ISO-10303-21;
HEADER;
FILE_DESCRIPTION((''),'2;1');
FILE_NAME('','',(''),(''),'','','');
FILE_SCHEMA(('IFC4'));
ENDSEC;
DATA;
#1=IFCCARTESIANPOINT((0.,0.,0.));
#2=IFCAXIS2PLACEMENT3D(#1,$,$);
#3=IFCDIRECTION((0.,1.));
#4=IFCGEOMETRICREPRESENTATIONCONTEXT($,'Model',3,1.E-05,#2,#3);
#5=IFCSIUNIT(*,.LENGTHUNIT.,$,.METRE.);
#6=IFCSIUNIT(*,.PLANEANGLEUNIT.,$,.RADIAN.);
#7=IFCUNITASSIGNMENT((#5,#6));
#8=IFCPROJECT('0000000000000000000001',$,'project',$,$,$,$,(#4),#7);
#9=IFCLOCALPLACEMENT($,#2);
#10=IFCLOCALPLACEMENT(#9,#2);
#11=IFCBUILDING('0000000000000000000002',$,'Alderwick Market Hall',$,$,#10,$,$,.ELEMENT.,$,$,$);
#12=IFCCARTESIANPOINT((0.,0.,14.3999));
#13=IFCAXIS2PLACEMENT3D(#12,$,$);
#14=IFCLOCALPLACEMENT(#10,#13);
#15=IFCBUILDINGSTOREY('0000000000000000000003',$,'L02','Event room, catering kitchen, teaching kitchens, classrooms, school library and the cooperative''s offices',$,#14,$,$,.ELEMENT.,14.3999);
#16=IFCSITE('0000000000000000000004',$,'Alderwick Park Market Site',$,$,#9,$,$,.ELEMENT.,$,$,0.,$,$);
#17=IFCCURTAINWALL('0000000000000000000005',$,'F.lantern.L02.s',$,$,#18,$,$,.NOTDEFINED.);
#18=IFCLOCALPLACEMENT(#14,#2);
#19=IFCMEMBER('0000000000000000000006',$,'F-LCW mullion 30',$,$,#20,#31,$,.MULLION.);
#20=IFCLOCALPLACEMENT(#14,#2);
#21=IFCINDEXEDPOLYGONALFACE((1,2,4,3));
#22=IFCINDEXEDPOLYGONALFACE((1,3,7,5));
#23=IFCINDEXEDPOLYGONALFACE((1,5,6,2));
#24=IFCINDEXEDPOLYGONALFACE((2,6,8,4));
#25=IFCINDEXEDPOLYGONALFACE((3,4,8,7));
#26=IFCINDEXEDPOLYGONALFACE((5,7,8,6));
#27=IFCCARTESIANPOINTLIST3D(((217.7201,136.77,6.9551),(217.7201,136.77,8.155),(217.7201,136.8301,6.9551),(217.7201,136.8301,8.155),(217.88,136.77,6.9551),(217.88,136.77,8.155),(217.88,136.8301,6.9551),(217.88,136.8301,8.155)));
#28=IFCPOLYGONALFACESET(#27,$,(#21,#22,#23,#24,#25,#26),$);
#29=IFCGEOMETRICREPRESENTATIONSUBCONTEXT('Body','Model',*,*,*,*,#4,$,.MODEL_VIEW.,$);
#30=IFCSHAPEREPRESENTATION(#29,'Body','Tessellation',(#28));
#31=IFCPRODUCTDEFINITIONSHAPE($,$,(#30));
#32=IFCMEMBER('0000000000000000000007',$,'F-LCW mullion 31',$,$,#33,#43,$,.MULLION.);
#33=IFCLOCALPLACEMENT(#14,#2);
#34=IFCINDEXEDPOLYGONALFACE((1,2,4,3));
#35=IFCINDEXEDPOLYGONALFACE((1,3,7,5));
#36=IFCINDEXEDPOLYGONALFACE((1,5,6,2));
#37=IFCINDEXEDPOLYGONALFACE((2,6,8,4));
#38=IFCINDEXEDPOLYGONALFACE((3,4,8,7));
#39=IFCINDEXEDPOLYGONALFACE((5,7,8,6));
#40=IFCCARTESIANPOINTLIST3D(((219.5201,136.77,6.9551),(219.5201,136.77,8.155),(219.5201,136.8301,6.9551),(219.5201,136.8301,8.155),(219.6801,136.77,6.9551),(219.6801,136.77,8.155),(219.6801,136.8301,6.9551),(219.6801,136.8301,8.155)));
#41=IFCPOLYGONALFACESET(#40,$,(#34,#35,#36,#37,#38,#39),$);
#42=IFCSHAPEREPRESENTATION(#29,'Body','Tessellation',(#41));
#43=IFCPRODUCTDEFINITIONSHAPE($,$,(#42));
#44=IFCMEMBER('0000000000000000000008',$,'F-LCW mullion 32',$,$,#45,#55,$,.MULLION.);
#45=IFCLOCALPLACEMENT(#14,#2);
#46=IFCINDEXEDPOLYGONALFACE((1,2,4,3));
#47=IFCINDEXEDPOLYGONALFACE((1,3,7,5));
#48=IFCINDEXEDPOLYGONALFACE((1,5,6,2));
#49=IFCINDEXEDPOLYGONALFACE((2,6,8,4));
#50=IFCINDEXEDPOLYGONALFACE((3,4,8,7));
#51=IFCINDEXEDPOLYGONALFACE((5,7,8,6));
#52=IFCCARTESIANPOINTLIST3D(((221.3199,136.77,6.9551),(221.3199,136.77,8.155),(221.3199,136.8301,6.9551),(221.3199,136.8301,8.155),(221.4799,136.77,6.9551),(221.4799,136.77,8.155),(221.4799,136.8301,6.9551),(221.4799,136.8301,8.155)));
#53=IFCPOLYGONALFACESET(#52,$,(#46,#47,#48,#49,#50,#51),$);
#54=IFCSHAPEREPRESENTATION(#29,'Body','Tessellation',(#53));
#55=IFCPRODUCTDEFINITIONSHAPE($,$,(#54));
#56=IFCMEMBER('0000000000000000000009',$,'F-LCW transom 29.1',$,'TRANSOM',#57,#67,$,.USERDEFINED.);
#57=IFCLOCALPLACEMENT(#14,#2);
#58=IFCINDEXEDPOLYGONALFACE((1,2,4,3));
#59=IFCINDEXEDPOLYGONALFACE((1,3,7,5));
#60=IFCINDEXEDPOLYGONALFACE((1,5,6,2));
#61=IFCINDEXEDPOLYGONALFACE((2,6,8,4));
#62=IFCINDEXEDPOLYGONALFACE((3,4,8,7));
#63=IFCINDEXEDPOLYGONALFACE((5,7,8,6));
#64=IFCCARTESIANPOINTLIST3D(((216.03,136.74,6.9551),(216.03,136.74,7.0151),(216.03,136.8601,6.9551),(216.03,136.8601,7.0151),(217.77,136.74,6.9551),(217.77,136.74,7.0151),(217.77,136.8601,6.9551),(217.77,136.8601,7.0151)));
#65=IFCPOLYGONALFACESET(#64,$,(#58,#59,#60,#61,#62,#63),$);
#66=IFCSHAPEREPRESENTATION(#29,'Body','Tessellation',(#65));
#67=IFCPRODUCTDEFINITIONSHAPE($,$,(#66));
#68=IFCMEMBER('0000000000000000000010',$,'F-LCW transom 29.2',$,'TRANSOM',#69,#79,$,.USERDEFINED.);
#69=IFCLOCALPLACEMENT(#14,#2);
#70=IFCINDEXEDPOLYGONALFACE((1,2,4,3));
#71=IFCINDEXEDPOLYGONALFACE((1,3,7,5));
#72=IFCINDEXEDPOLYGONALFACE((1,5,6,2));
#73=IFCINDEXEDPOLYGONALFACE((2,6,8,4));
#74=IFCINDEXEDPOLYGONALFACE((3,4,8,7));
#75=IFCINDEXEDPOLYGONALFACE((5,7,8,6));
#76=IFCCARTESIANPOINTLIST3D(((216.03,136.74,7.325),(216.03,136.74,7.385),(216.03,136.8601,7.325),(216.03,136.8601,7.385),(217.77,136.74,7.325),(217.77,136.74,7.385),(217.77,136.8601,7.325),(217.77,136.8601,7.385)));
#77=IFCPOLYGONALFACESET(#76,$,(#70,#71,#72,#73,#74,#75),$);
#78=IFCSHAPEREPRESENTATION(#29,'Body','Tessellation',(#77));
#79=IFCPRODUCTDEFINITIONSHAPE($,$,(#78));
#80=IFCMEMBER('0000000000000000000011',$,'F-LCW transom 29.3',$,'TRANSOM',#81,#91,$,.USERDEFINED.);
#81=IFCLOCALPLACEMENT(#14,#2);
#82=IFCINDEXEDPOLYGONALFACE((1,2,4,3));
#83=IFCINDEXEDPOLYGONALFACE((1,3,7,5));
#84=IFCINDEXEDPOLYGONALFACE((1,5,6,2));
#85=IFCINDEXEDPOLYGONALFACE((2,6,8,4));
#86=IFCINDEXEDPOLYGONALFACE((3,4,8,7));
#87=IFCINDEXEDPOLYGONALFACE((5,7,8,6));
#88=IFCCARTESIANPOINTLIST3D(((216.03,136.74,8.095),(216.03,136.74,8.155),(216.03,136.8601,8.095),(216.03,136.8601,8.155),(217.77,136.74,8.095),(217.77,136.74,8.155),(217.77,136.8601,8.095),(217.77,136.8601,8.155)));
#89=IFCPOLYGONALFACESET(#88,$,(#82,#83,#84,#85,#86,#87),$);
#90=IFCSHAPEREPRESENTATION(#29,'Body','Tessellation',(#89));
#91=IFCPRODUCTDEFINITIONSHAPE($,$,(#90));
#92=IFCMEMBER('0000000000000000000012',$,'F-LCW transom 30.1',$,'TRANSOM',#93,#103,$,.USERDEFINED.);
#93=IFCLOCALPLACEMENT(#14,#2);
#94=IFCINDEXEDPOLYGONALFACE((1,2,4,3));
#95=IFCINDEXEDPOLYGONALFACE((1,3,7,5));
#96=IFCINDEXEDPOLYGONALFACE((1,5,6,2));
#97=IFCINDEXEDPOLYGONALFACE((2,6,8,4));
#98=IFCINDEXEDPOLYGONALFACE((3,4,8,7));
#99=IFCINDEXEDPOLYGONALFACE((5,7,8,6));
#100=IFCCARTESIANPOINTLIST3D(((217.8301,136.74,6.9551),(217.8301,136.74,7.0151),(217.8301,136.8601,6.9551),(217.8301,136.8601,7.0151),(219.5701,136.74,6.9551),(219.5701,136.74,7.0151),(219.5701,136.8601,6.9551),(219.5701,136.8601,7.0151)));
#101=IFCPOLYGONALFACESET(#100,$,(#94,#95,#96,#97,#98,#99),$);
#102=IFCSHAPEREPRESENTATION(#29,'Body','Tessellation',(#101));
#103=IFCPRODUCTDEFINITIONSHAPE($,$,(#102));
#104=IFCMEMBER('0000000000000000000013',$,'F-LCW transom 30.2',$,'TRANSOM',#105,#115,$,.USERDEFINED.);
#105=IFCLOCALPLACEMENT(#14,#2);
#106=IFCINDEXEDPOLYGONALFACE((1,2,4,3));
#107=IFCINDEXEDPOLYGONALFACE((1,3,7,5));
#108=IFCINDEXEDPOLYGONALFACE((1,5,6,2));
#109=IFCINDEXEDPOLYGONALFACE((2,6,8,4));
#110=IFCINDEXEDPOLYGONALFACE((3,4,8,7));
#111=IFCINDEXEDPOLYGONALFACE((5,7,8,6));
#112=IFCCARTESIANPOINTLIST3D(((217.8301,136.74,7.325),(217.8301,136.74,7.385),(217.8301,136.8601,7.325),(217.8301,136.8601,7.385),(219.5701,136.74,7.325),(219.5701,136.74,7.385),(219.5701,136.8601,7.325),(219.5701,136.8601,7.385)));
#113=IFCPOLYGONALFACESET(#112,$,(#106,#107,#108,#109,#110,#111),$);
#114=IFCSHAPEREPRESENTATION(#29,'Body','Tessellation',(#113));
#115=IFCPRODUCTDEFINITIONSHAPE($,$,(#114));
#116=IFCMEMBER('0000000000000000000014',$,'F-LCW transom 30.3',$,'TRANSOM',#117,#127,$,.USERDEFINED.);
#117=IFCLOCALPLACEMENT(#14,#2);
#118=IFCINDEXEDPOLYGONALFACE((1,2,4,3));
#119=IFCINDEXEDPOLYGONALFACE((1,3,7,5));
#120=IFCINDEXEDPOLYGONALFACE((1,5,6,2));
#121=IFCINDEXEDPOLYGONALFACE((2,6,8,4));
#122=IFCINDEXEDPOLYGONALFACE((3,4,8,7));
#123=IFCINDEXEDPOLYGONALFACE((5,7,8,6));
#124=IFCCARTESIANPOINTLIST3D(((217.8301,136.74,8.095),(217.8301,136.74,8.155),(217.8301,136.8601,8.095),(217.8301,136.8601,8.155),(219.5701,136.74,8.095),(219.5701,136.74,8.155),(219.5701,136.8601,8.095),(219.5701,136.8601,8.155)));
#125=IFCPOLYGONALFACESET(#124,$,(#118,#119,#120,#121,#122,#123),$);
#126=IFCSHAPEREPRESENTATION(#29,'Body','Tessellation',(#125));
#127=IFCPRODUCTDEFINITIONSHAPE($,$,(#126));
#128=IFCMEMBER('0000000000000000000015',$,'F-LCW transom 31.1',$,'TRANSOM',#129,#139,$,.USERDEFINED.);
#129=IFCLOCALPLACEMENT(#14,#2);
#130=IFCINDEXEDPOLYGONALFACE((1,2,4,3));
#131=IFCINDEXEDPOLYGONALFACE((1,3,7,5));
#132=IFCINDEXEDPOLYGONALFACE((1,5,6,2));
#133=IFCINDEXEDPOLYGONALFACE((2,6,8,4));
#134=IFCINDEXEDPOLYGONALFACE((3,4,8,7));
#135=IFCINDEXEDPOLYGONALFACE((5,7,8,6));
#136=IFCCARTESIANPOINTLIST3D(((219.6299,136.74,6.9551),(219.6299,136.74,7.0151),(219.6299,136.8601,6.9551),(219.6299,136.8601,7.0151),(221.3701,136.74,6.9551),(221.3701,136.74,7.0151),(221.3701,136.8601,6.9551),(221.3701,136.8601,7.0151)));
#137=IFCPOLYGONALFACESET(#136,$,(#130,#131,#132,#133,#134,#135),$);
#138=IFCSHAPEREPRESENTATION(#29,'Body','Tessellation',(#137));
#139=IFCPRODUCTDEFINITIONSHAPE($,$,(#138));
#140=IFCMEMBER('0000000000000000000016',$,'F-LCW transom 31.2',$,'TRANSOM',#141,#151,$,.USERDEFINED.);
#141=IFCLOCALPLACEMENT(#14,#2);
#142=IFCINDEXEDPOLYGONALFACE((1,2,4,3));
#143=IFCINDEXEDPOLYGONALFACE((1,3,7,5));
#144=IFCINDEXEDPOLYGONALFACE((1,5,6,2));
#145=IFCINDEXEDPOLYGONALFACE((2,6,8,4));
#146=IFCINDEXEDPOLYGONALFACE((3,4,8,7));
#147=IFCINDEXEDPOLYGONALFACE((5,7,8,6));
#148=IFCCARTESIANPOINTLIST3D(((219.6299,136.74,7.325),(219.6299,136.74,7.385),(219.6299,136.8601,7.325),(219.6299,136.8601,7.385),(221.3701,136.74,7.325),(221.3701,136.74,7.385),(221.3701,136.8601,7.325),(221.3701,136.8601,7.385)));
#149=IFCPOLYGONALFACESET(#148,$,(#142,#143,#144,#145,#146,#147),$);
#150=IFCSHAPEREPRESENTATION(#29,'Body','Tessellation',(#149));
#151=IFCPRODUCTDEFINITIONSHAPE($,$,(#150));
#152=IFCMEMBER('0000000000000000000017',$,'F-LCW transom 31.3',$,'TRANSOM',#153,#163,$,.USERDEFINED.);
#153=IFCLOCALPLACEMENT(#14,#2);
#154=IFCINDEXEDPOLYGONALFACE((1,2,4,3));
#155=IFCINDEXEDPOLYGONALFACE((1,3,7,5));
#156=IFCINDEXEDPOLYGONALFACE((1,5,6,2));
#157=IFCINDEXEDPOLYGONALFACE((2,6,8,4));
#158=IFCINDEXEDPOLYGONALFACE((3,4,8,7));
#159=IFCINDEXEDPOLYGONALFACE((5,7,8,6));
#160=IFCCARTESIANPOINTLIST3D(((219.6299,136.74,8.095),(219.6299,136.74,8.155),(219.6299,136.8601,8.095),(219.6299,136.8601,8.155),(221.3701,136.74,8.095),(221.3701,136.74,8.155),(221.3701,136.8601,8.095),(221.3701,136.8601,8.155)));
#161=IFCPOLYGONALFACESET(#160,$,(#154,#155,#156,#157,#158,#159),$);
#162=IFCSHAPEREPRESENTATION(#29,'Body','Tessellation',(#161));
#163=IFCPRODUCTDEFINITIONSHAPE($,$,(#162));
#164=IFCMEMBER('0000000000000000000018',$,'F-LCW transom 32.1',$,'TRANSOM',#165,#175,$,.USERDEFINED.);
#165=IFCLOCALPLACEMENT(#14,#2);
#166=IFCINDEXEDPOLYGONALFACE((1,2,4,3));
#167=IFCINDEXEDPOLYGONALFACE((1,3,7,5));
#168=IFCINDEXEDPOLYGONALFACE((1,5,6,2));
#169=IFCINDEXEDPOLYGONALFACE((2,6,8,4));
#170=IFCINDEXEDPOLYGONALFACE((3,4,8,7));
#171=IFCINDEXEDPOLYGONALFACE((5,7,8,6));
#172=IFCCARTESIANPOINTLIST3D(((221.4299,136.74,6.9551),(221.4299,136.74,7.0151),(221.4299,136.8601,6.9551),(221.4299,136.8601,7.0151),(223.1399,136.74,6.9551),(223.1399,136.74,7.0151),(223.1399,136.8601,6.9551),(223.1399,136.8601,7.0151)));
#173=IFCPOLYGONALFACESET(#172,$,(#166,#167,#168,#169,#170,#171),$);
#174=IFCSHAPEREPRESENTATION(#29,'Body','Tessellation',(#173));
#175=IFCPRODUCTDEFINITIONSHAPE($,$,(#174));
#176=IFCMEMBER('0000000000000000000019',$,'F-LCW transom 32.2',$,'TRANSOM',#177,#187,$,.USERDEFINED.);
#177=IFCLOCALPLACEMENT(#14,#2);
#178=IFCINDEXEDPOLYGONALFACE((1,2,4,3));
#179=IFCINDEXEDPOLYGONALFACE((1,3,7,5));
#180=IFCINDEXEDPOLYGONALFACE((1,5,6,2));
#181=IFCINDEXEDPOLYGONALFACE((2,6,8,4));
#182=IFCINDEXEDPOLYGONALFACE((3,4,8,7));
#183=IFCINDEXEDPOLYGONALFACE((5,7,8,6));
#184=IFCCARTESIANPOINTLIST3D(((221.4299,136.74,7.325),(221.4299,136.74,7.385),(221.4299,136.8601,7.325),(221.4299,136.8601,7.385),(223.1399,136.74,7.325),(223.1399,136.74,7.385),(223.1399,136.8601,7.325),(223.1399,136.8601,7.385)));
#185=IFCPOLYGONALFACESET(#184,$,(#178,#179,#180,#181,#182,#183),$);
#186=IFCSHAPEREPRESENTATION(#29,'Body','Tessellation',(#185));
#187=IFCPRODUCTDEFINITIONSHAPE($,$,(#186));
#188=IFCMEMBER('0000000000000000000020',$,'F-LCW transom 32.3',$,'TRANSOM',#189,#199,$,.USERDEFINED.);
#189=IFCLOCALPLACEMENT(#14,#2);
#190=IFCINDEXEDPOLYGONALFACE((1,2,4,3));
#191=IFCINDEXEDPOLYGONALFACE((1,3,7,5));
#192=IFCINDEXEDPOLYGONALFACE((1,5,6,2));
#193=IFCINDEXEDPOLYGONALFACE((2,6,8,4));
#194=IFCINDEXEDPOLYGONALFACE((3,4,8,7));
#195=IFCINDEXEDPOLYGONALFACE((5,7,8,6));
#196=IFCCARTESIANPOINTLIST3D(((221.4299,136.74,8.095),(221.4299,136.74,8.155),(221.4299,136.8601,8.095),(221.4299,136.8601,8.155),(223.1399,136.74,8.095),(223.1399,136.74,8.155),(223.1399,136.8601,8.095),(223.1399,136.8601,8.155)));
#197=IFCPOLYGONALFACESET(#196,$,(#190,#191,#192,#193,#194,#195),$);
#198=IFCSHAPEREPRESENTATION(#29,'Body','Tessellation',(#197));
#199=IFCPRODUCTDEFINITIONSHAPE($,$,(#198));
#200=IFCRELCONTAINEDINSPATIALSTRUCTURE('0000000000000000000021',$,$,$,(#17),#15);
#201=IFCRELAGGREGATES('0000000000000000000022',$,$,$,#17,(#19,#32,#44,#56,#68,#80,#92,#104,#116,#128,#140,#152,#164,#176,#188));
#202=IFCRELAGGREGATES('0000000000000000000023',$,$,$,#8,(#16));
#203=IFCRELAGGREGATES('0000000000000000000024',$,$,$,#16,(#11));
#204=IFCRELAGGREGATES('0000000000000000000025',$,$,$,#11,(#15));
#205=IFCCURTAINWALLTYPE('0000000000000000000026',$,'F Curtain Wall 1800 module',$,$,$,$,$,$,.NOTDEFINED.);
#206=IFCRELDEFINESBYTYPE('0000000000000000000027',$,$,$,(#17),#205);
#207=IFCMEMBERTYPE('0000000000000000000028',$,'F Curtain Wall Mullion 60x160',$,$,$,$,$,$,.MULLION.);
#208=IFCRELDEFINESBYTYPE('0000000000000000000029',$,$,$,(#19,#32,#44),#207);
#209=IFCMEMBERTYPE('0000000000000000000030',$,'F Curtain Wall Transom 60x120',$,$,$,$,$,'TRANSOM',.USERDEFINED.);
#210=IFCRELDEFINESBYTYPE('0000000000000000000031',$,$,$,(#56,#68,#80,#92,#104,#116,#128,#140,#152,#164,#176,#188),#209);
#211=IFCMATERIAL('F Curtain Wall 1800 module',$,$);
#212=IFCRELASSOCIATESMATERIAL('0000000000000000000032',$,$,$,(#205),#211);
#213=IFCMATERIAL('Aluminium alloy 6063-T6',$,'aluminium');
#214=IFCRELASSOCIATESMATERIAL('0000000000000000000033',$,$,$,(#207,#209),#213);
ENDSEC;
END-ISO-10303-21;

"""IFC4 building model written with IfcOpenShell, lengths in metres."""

from ifc_helpers import new_model, si_unit, direction, frame, origin, origin_2d, place, context, subcontext, project, spatial, rectangle, extrude, material, material_profile, profile_set, type_object, element, aggregate, save


model = new_model("IFC4")

# Units and contexts
model_context = context("Model", 3, precision=1e-05, world=origin(), true_north=direction((0.0, 1.0)))
body_context = subcontext(model_context, "Body", "Model", "MODEL_VIEW")
ifc_project = project(units=[si_unit("LENGTHUNIT", "METRE"), si_unit("PLANEANGLEUNIT", "RADIAN")], contexts=[model_context])

# Site, building, storey
site_placement = place(None, origin())
site = spatial("IfcSite", under=ifc_project, at=site_placement, Name="Alderwick Park Market Site", CompositionType="ELEMENT", RefElevation=0.0)
building_placement = place(site_placement, origin())
building = spatial("IfcBuilding", under=site, at=building_placement, Name="Alderwick Market Hall", CompositionType="ELEMENT")
storey_placement = place(building_placement, frame((0.0, 0.0, 14.3999)))
storey = spatial("IfcBuildingStorey", under=building, at=storey_placement, Name="L02", Description="Event room, catering kitchen, teaching kitchens, classrooms, school library and the cooperative's offices", CompositionType="ELEMENT", Elevation=14.3999)

# Curtain wall, members
ifc_material_1 = material(Name="F Curtain Wall 1800 module")
curtain_wall_type = type_object("IfcCurtainWallType", Name="F Curtain Wall 1800 module", PredefinedType="NOTDEFINED", material=ifc_material_1)
curtain_wall_placement = place(storey_placement, origin())
curtain_wall = element("IfcCurtainWall", 1, at=curtain_wall_placement, inside=storey, type_object=curtain_wall_type, Name="F.lantern.L02.s", PredefinedType="NOTDEFINED")
ifc_material_2 = material(Name="Aluminium alloy 6063-T6", Category="aluminium")
ifc_material_profile_1 = material_profile(ifc_material_2, rectangle(XDim=0.0601, YDim=0.1599, at=origin_2d()), Name="AL 60x160")
ifc_profile_set_1 = profile_set([ifc_material_profile_1], Name="Aluminium alloy 6063-T6")
member_type_1 = type_object("IfcMemberType", Name="F Curtain Wall Mullion 60x160", PredefinedType="MULLION", material=ifc_profile_set_1)
member_1_placement = place(storey_placement, frame((217.8, 136.8, 6.9551), z_axis=(0.0, 0.0, 1.0), x_axis=(0.0, 1.0, 0.0)))
member_1 = element("IfcMember", 2, at=member_1_placement, type_object=member_type_1, Name="F-LCW mullion 30", PredefinedType="MULLION", context=body_context, shape_type="SweptSolid", body=[
    extrude(rectangle(XDim=0.0601, YDim=0.1599, at=origin_2d()), origin(), (0.0, 0.0, 1.0), 1.2),
])
member_2_placement = place(storey_placement, frame((219.6001, 136.8, 6.9551), z_axis=(0.0, 0.0, 1.0), x_axis=(0.0, 1.0, 0.0)))
member_2 = element("IfcMember", 3, at=member_2_placement, type_object=member_type_1, Name="F-LCW mullion 31", PredefinedType="MULLION", context=body_context, shape_type="SweptSolid", body=[
    extrude(rectangle(XDim=0.0601, YDim=0.1599, at=origin_2d()), origin(), (0.0, 0.0, 1.0), 1.2),
])
member_3_placement = place(storey_placement, frame((221.3999, 136.8, 6.9551), z_axis=(0.0, 0.0, 1.0), x_axis=(0.0, 1.0, 0.0)))
member_3 = element("IfcMember", 4, at=member_3_placement, type_object=member_type_1, Name="F-LCW mullion 32", PredefinedType="MULLION", context=body_context, shape_type="SweptSolid", body=[
    extrude(rectangle(XDim=0.0601, YDim=0.1599, at=origin_2d()), origin(), (0.0, 0.0, 1.0), 1.2),
])
ifc_material_profile_2 = material_profile(ifc_material_2, rectangle(XDim=0.1201, YDim=0.0601, at=origin_2d()), Name="AL 60x120")
ifc_profile_set_2 = profile_set([ifc_material_profile_2], Name="Aluminium alloy 6063-T6")
member_type_2 = type_object("IfcMemberType", Name="F Curtain Wall Transom 60x120", ElementType="TRANSOM", PredefinedType="USERDEFINED", material=ifc_profile_set_2)
member_4_placement = place(storey_placement, frame((216.03, 136.8, 6.9851), z_axis=(1.0, 0.0, 0.0), x_axis=(0.0, 1.0, 0.0)))
member_4 = element("IfcMember", 5, at=member_4_placement, type_object=member_type_2, Name="F-LCW transom 29.1", ObjectType="TRANSOM", PredefinedType="USERDEFINED", context=body_context, shape_type="SweptSolid", body=[
    extrude(rectangle(XDim=0.1201, YDim=0.0601, at=origin_2d()), origin(), (0.0, 0.0, 1.0), 1.74),
])
member_5_placement = place(storey_placement, frame((216.03, 136.8, 7.355), z_axis=(1.0, 0.0, 0.0), x_axis=(0.0, 1.0, 0.0)))
member_5 = element("IfcMember", 6, at=member_5_placement, type_object=member_type_2, Name="F-LCW transom 29.2", ObjectType="TRANSOM", PredefinedType="USERDEFINED", context=body_context, shape_type="SweptSolid", body=[
    extrude(rectangle(XDim=0.1201, YDim=0.0601, at=origin_2d()), origin(), (0.0, 0.0, 1.0), 1.74),
])
member_6_placement = place(storey_placement, frame((216.03, 136.8, 8.125), z_axis=(1.0, 0.0, 0.0), x_axis=(0.0, 1.0, 0.0)))
member_6 = element("IfcMember", 7, at=member_6_placement, type_object=member_type_2, Name="F-LCW transom 29.3", ObjectType="TRANSOM", PredefinedType="USERDEFINED", context=body_context, shape_type="SweptSolid", body=[
    extrude(rectangle(XDim=0.1201, YDim=0.0601, at=origin_2d()), origin(), (0.0, 0.0, 1.0), 1.74),
])
member_7_placement = place(storey_placement, frame((217.8301, 136.8, 6.9851), z_axis=(1.0, 0.0, 0.0), x_axis=(0.0, 1.0, 0.0)))
member_7 = element("IfcMember", 8, at=member_7_placement, type_object=member_type_2, Name="F-LCW transom 30.1", ObjectType="TRANSOM", PredefinedType="USERDEFINED", context=body_context, shape_type="SweptSolid", body=[
    extrude(rectangle(XDim=0.1201, YDim=0.0601, at=origin_2d()), origin(), (0.0, 0.0, 1.0), 1.74),
])
member_8_placement = place(storey_placement, frame((217.8301, 136.8, 7.355), z_axis=(1.0, 0.0, 0.0), x_axis=(0.0, 1.0, 0.0)))
member_8 = element("IfcMember", 9, at=member_8_placement, type_object=member_type_2, Name="F-LCW transom 30.2", ObjectType="TRANSOM", PredefinedType="USERDEFINED", context=body_context, shape_type="SweptSolid", body=[
    extrude(rectangle(XDim=0.1201, YDim=0.0601, at=origin_2d()), origin(), (0.0, 0.0, 1.0), 1.74),
])
member_9_placement = place(storey_placement, frame((217.8301, 136.8, 8.125), z_axis=(1.0, 0.0, 0.0), x_axis=(0.0, 1.0, 0.0)))
member_9 = element("IfcMember", 10, at=member_9_placement, type_object=member_type_2, Name="F-LCW transom 30.3", ObjectType="TRANSOM", PredefinedType="USERDEFINED", context=body_context, shape_type="SweptSolid", body=[
    extrude(rectangle(XDim=0.1201, YDim=0.0601, at=origin_2d()), origin(), (0.0, 0.0, 1.0), 1.74),
])
member_10_placement = place(storey_placement, frame((219.6299, 136.8, 6.9851), z_axis=(1.0, 0.0, 0.0), x_axis=(0.0, 1.0, 0.0)))
member_10 = element("IfcMember", 11, at=member_10_placement, type_object=member_type_2, Name="F-LCW transom 31.1", ObjectType="TRANSOM", PredefinedType="USERDEFINED", context=body_context, shape_type="SweptSolid", body=[
    extrude(rectangle(XDim=0.1201, YDim=0.0601, at=origin_2d()), origin(), (0.0, 0.0, 1.0), 1.7402),
])
member_11_placement = place(storey_placement, frame((219.6299, 136.8, 7.355), z_axis=(1.0, 0.0, 0.0), x_axis=(0.0, 1.0, 0.0)))
member_11 = element("IfcMember", 12, at=member_11_placement, type_object=member_type_2, Name="F-LCW transom 31.2", ObjectType="TRANSOM", PredefinedType="USERDEFINED", context=body_context, shape_type="SweptSolid", body=[
    extrude(rectangle(XDim=0.1201, YDim=0.0601, at=origin_2d()), origin(), (0.0, 0.0, 1.0), 1.7402),
])
member_12_placement = place(storey_placement, frame((219.6299, 136.8, 8.125), z_axis=(1.0, 0.0, 0.0), x_axis=(0.0, 1.0, 0.0)))
member_12 = element("IfcMember", 13, at=member_12_placement, type_object=member_type_2, Name="F-LCW transom 31.3", ObjectType="TRANSOM", PredefinedType="USERDEFINED", context=body_context, shape_type="SweptSolid", body=[
    extrude(rectangle(XDim=0.1201, YDim=0.0601, at=origin_2d()), origin(), (0.0, 0.0, 1.0), 1.7402),
])
member_13_placement = place(storey_placement, frame((221.4299, 136.8, 6.9851), z_axis=(1.0, 0.0, 0.0), x_axis=(0.0, 1.0, 0.0)))
member_13 = element("IfcMember", 14, at=member_13_placement, type_object=member_type_2, Name="F-LCW transom 32.1", ObjectType="TRANSOM", PredefinedType="USERDEFINED", context=body_context, shape_type="SweptSolid", body=[
    extrude(rectangle(XDim=0.1201, YDim=0.0601, at=origin_2d()), origin(), (0.0, 0.0, 1.0), 1.71),
])
member_14_placement = place(storey_placement, frame((221.4299, 136.8, 7.355), z_axis=(1.0, 0.0, 0.0), x_axis=(0.0, 1.0, 0.0)))
member_14 = element("IfcMember", 15, at=member_14_placement, type_object=member_type_2, Name="F-LCW transom 32.2", ObjectType="TRANSOM", PredefinedType="USERDEFINED", context=body_context, shape_type="SweptSolid", body=[
    extrude(rectangle(XDim=0.1201, YDim=0.0601, at=origin_2d()), origin(), (0.0, 0.0, 1.0), 1.71),
])
member_15_placement = place(storey_placement, frame((221.4299, 136.8, 8.125), z_axis=(1.0, 0.0, 0.0), x_axis=(0.0, 1.0, 0.0)))
member_15 = element("IfcMember", 16, at=member_15_placement, type_object=member_type_2, Name="F-LCW transom 32.3", ObjectType="TRANSOM", PredefinedType="USERDEFINED", context=body_context, shape_type="SweptSolid", body=[
    extrude(rectangle(XDim=0.1201, YDim=0.0601, at=origin_2d()), origin(), (0.0, 0.0, 1.0), 1.71),
])

aggregate(curtain_wall, [member_1, member_2, member_3, member_4, member_5, member_6, member_7, member_8, member_9, member_10, member_11, member_12, member_13, member_14, member_15])

save(model, "model.ifc")
